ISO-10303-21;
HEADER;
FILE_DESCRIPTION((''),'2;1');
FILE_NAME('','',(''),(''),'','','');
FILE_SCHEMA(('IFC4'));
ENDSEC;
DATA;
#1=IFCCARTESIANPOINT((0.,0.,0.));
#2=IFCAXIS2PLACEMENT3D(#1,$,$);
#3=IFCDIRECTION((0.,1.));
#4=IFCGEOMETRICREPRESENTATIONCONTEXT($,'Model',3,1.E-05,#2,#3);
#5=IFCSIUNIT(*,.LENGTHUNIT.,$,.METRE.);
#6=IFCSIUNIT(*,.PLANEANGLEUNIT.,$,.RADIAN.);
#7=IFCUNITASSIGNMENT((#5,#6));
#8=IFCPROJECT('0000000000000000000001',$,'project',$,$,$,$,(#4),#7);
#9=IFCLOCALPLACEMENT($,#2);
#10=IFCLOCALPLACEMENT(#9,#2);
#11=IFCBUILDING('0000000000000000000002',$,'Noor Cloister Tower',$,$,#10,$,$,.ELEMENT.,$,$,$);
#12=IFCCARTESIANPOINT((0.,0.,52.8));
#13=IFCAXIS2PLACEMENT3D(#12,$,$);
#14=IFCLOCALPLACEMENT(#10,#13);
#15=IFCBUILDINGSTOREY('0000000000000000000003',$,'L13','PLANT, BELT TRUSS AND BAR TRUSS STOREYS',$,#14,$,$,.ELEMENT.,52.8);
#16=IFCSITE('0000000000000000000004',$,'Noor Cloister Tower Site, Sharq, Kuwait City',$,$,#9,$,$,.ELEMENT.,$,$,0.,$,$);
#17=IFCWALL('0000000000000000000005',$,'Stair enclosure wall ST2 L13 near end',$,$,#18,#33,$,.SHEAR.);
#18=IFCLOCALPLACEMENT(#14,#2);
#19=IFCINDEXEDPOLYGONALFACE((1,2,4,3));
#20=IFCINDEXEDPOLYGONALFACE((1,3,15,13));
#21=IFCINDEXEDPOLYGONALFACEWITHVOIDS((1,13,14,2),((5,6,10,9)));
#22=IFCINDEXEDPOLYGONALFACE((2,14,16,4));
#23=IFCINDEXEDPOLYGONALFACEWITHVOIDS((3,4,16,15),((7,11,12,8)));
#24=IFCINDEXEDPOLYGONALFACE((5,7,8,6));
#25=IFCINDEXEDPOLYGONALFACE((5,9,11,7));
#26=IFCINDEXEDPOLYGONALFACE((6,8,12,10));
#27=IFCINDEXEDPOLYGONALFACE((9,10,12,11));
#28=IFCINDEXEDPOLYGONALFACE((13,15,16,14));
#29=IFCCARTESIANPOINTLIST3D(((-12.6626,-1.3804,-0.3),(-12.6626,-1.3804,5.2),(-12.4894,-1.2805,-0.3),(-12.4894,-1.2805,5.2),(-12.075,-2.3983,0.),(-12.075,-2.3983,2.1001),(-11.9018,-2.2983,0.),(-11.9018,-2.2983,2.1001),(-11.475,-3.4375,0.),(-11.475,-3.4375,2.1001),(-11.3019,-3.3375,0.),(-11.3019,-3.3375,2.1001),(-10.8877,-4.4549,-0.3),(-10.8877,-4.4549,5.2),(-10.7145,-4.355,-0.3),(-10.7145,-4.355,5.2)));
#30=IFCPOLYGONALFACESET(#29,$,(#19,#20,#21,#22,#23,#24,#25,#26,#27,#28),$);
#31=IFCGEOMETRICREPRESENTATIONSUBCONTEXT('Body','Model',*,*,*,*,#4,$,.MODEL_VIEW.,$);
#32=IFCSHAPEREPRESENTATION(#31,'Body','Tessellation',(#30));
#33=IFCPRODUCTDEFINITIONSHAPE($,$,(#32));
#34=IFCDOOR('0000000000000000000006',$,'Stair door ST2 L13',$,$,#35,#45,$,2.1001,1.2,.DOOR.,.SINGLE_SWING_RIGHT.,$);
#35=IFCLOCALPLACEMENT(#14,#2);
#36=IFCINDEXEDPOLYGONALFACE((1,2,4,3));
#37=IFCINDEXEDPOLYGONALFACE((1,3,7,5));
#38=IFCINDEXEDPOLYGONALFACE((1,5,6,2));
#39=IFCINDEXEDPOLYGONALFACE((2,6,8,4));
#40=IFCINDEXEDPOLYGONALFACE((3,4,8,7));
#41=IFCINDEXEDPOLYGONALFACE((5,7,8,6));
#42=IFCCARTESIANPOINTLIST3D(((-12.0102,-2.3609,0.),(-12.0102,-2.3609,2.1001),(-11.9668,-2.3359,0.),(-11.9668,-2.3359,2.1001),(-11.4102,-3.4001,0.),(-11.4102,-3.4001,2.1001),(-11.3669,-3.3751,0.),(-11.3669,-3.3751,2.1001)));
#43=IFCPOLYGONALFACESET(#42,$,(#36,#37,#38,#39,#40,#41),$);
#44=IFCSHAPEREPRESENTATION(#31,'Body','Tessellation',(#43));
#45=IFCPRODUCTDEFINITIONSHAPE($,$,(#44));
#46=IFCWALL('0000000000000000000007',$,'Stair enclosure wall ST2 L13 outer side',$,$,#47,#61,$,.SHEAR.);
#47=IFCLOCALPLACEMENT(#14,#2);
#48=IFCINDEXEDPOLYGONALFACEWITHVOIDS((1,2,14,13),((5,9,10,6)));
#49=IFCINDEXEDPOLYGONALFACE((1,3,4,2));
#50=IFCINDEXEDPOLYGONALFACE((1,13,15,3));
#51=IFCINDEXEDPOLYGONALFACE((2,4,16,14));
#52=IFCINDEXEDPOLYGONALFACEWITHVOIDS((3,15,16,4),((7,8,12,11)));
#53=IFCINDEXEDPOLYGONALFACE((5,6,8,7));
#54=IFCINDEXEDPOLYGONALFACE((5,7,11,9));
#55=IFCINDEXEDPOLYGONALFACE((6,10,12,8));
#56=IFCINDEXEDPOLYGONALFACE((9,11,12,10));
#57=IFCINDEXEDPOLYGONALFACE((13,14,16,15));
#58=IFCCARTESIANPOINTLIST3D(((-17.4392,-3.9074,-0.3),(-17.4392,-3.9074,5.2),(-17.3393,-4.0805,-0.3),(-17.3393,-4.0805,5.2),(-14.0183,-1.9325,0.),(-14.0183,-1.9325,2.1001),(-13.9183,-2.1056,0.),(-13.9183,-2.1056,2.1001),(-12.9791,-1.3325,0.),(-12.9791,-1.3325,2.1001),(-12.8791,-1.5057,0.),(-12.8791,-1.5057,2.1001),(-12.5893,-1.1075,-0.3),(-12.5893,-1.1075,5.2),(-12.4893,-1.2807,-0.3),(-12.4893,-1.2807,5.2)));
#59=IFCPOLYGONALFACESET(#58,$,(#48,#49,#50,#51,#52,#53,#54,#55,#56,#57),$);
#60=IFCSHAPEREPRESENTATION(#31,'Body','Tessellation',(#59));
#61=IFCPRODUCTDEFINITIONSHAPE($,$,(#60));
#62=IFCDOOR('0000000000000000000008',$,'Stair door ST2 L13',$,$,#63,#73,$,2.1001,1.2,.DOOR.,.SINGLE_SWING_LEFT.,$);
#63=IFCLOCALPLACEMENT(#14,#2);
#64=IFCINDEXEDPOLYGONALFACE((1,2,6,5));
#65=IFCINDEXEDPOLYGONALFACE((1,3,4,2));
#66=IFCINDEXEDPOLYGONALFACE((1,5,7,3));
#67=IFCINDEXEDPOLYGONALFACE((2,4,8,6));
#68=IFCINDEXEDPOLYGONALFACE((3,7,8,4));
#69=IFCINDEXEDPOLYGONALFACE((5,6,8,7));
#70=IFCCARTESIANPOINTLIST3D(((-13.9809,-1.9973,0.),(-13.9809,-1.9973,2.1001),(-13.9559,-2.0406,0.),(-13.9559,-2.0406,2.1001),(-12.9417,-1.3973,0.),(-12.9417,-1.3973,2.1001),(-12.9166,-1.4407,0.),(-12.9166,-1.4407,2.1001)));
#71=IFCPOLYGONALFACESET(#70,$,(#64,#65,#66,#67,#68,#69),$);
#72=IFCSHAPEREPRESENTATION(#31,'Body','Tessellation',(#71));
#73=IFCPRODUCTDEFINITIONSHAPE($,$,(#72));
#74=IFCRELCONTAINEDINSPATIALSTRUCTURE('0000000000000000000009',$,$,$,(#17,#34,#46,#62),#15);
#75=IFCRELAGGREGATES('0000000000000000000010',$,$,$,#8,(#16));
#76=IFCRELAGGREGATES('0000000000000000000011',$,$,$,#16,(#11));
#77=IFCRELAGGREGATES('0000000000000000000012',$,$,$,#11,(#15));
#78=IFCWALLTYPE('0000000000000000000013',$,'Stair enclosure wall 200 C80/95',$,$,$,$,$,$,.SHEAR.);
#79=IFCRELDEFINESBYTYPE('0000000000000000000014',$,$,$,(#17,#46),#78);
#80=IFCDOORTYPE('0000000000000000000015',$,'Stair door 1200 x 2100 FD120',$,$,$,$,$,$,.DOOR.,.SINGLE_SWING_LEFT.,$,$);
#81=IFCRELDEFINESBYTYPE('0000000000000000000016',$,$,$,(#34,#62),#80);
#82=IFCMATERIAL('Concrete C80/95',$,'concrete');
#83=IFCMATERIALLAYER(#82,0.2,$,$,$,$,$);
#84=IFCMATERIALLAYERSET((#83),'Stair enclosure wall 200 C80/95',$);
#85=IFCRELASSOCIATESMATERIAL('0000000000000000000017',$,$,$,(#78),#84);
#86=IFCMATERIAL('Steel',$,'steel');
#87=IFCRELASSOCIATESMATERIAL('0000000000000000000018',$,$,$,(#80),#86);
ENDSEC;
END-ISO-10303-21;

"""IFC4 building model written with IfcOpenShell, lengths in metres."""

from ifc_helpers import new_model, si_unit, direction, frame, frame_2d, origin, place, context, subcontext, project, spatial, rectangle, extrude, material, layer, layer_set, type_object, element, fill, save


model = new_model("IFC4")

# Units and contexts
model_context = context("Model", 3, precision=1e-05, world=origin(), true_north=direction((0.0, 1.0)))
body_context = subcontext(model_context, "Body", "Model", "MODEL_VIEW")
ifc_project = project(units=[si_unit("LENGTHUNIT", "METRE"), si_unit("PLANEANGLEUNIT", "RADIAN")], contexts=[model_context])

# Site, building, storey
site_placement = place(None, origin())
site = spatial("IfcSite", under=ifc_project, at=site_placement, Name="Noor Cloister Tower Site, Sharq, Kuwait City", CompositionType="ELEMENT", RefElevation=0.0)
building_placement = place(site_placement, origin())
building = spatial("IfcBuilding", under=site, at=building_placement, Name="Noor Cloister Tower", CompositionType="ELEMENT")
storey_placement = place(building_placement, frame((0.0, 0.0, 52.8)))
storey = spatial("IfcBuildingStorey", under=building, at=storey_placement, Name="L13", Description="PLANT, BELT TRUSS AND BAR TRUSS STOREYS", CompositionType="ELEMENT", Elevation=52.8)

# Walls, openings, doors
ifc_material_1 = material(Name="Concrete C80/95", Category="concrete")
ifc_layer_1 = layer(ifc_material_1, 0.2)
ifc_layer_set_1 = layer_set([ifc_layer_1], Name="Stair enclosure wall 200 C80/95")
wall_type_1 = type_object("IfcWallType", Name="Stair enclosure wall 200 C80/95", PredefinedType="SHEAR", material=ifc_layer_set_1)
wall_1_placement = place(storey_placement, frame((-12.5759, -1.3306, -0.3), z_axis=(0.0, 0.0, 1.0), x_axis=(0.49997, -0.866042, 0.0)))
wall_1 = element("IfcWall", 1, at=wall_1_placement, inside=storey, type_object=wall_type_1, Name="Stair enclosure wall ST2 L13 near end", PredefinedType="SHEAR", context=body_context, shape_type="SweptSolid", body=[
    extrude(rectangle(XDim=3.55, YDim=0.2, at=frame_2d((1.7749, 0.0))), origin(), (0.0, 0.0, 1.0), 5.5),
])
opening_1_placement = place(wall_1_placement, frame((1.175, 0.0, 0.3)))
opening_1 = element("IfcOpeningElement", 2, at=opening_1_placement, cuts=wall_1, PredefinedType="OPENING", context=body_context, shape_type="SweptSolid", body=[
    extrude(rectangle(XDim=1.2, YDim=2.1001, at=frame_2d((0.6001, 1.05))), frame((0.0, 0.1099, 0.0), z_axis=(0.0, -1.0, 0.0), x_axis=(1.0, 0.0, 0.0)), (0.0, 0.0, 1.0), 0.22),
])
ifc_material_2 = material(Name="Steel", Category="steel")
door_type_1 = type_object("IfcDoorType", Name="Stair door 1200 x 2100 FD120", OperationType="SINGLE_SWING_LEFT", PredefinedType="DOOR", material=ifc_material_2)
door_1_placement = place(opening_1_placement, origin())
door_1 = element("IfcDoor", 3, at=door_1_placement, inside=storey, type_object=door_type_1, Name="Stair door ST2 L13", OperationType="SINGLE_SWING_RIGHT", OverallHeight=2.1001, OverallWidth=1.2, PredefinedType="DOOR", context=body_context, shape_type="SweptSolid", body=[
    extrude(rectangle(XDim=1.2, YDim=2.1001, at=frame_2d((0.6001, 1.05))), frame((0.0, 0.0249, 0.0), z_axis=(0.0, -1.0, 0.0), x_axis=(1.0, 0.0, 0.0)), (0.0, 0.0, 1.0), 0.05),
])
fill(opening_1, door_1)
wall_2_placement = place(storey_placement, frame((-12.5393, -1.1941, -0.3), z_axis=(0.0, 0.0, 1.0), x_axis=(-0.866045, -0.499965, 0.0)))
wall_2 = element("IfcWall", 4, at=wall_2_placement, inside=storey, type_object=wall_type_1, Name="Stair enclosure wall ST2 L13 outer side", PredefinedType="SHEAR", context=body_context, shape_type="SweptSolid", body=[
    extrude(rectangle(XDim=5.6001, YDim=0.2, at=frame_2d((2.8, 0.0))), origin(), (0.0, 0.0, 1.0), 5.5),
])
opening_2_placement = place(wall_2_placement, frame((0.45, 0.0, 0.3)))
opening_2 = element("IfcOpeningElement", 5, at=opening_2_placement, cuts=wall_2, PredefinedType="OPENING", context=body_context, shape_type="SweptSolid", body=[
    extrude(rectangle(XDim=1.2, YDim=2.1001, at=frame_2d((0.6001, 1.05))), frame((0.0, 0.1099, 0.0), z_axis=(0.0, -1.0, 0.0), x_axis=(1.0, 0.0, 0.0)), (0.0, 0.0, 1.0), 0.22),
])
door_2_placement = place(opening_2_placement, origin())
door_2 = element("IfcDoor", 6, at=door_2_placement, inside=storey, type_object=door_type_1, Name="Stair door ST2 L13", OperationType="SINGLE_SWING_LEFT", OverallHeight=2.1001, OverallWidth=1.2, PredefinedType="DOOR", context=body_context, shape_type="SweptSolid", body=[
    extrude(rectangle(XDim=1.2, YDim=2.1001, at=frame_2d((0.6001, 1.05))), frame((0.0, 0.0249, 0.0), z_axis=(0.0, -1.0, 0.0), x_axis=(1.0, 0.0, 0.0)), (0.0, 0.0, 1.0), 0.05),
])
fill(opening_2, door_2)

save(model, "model.ifc")
